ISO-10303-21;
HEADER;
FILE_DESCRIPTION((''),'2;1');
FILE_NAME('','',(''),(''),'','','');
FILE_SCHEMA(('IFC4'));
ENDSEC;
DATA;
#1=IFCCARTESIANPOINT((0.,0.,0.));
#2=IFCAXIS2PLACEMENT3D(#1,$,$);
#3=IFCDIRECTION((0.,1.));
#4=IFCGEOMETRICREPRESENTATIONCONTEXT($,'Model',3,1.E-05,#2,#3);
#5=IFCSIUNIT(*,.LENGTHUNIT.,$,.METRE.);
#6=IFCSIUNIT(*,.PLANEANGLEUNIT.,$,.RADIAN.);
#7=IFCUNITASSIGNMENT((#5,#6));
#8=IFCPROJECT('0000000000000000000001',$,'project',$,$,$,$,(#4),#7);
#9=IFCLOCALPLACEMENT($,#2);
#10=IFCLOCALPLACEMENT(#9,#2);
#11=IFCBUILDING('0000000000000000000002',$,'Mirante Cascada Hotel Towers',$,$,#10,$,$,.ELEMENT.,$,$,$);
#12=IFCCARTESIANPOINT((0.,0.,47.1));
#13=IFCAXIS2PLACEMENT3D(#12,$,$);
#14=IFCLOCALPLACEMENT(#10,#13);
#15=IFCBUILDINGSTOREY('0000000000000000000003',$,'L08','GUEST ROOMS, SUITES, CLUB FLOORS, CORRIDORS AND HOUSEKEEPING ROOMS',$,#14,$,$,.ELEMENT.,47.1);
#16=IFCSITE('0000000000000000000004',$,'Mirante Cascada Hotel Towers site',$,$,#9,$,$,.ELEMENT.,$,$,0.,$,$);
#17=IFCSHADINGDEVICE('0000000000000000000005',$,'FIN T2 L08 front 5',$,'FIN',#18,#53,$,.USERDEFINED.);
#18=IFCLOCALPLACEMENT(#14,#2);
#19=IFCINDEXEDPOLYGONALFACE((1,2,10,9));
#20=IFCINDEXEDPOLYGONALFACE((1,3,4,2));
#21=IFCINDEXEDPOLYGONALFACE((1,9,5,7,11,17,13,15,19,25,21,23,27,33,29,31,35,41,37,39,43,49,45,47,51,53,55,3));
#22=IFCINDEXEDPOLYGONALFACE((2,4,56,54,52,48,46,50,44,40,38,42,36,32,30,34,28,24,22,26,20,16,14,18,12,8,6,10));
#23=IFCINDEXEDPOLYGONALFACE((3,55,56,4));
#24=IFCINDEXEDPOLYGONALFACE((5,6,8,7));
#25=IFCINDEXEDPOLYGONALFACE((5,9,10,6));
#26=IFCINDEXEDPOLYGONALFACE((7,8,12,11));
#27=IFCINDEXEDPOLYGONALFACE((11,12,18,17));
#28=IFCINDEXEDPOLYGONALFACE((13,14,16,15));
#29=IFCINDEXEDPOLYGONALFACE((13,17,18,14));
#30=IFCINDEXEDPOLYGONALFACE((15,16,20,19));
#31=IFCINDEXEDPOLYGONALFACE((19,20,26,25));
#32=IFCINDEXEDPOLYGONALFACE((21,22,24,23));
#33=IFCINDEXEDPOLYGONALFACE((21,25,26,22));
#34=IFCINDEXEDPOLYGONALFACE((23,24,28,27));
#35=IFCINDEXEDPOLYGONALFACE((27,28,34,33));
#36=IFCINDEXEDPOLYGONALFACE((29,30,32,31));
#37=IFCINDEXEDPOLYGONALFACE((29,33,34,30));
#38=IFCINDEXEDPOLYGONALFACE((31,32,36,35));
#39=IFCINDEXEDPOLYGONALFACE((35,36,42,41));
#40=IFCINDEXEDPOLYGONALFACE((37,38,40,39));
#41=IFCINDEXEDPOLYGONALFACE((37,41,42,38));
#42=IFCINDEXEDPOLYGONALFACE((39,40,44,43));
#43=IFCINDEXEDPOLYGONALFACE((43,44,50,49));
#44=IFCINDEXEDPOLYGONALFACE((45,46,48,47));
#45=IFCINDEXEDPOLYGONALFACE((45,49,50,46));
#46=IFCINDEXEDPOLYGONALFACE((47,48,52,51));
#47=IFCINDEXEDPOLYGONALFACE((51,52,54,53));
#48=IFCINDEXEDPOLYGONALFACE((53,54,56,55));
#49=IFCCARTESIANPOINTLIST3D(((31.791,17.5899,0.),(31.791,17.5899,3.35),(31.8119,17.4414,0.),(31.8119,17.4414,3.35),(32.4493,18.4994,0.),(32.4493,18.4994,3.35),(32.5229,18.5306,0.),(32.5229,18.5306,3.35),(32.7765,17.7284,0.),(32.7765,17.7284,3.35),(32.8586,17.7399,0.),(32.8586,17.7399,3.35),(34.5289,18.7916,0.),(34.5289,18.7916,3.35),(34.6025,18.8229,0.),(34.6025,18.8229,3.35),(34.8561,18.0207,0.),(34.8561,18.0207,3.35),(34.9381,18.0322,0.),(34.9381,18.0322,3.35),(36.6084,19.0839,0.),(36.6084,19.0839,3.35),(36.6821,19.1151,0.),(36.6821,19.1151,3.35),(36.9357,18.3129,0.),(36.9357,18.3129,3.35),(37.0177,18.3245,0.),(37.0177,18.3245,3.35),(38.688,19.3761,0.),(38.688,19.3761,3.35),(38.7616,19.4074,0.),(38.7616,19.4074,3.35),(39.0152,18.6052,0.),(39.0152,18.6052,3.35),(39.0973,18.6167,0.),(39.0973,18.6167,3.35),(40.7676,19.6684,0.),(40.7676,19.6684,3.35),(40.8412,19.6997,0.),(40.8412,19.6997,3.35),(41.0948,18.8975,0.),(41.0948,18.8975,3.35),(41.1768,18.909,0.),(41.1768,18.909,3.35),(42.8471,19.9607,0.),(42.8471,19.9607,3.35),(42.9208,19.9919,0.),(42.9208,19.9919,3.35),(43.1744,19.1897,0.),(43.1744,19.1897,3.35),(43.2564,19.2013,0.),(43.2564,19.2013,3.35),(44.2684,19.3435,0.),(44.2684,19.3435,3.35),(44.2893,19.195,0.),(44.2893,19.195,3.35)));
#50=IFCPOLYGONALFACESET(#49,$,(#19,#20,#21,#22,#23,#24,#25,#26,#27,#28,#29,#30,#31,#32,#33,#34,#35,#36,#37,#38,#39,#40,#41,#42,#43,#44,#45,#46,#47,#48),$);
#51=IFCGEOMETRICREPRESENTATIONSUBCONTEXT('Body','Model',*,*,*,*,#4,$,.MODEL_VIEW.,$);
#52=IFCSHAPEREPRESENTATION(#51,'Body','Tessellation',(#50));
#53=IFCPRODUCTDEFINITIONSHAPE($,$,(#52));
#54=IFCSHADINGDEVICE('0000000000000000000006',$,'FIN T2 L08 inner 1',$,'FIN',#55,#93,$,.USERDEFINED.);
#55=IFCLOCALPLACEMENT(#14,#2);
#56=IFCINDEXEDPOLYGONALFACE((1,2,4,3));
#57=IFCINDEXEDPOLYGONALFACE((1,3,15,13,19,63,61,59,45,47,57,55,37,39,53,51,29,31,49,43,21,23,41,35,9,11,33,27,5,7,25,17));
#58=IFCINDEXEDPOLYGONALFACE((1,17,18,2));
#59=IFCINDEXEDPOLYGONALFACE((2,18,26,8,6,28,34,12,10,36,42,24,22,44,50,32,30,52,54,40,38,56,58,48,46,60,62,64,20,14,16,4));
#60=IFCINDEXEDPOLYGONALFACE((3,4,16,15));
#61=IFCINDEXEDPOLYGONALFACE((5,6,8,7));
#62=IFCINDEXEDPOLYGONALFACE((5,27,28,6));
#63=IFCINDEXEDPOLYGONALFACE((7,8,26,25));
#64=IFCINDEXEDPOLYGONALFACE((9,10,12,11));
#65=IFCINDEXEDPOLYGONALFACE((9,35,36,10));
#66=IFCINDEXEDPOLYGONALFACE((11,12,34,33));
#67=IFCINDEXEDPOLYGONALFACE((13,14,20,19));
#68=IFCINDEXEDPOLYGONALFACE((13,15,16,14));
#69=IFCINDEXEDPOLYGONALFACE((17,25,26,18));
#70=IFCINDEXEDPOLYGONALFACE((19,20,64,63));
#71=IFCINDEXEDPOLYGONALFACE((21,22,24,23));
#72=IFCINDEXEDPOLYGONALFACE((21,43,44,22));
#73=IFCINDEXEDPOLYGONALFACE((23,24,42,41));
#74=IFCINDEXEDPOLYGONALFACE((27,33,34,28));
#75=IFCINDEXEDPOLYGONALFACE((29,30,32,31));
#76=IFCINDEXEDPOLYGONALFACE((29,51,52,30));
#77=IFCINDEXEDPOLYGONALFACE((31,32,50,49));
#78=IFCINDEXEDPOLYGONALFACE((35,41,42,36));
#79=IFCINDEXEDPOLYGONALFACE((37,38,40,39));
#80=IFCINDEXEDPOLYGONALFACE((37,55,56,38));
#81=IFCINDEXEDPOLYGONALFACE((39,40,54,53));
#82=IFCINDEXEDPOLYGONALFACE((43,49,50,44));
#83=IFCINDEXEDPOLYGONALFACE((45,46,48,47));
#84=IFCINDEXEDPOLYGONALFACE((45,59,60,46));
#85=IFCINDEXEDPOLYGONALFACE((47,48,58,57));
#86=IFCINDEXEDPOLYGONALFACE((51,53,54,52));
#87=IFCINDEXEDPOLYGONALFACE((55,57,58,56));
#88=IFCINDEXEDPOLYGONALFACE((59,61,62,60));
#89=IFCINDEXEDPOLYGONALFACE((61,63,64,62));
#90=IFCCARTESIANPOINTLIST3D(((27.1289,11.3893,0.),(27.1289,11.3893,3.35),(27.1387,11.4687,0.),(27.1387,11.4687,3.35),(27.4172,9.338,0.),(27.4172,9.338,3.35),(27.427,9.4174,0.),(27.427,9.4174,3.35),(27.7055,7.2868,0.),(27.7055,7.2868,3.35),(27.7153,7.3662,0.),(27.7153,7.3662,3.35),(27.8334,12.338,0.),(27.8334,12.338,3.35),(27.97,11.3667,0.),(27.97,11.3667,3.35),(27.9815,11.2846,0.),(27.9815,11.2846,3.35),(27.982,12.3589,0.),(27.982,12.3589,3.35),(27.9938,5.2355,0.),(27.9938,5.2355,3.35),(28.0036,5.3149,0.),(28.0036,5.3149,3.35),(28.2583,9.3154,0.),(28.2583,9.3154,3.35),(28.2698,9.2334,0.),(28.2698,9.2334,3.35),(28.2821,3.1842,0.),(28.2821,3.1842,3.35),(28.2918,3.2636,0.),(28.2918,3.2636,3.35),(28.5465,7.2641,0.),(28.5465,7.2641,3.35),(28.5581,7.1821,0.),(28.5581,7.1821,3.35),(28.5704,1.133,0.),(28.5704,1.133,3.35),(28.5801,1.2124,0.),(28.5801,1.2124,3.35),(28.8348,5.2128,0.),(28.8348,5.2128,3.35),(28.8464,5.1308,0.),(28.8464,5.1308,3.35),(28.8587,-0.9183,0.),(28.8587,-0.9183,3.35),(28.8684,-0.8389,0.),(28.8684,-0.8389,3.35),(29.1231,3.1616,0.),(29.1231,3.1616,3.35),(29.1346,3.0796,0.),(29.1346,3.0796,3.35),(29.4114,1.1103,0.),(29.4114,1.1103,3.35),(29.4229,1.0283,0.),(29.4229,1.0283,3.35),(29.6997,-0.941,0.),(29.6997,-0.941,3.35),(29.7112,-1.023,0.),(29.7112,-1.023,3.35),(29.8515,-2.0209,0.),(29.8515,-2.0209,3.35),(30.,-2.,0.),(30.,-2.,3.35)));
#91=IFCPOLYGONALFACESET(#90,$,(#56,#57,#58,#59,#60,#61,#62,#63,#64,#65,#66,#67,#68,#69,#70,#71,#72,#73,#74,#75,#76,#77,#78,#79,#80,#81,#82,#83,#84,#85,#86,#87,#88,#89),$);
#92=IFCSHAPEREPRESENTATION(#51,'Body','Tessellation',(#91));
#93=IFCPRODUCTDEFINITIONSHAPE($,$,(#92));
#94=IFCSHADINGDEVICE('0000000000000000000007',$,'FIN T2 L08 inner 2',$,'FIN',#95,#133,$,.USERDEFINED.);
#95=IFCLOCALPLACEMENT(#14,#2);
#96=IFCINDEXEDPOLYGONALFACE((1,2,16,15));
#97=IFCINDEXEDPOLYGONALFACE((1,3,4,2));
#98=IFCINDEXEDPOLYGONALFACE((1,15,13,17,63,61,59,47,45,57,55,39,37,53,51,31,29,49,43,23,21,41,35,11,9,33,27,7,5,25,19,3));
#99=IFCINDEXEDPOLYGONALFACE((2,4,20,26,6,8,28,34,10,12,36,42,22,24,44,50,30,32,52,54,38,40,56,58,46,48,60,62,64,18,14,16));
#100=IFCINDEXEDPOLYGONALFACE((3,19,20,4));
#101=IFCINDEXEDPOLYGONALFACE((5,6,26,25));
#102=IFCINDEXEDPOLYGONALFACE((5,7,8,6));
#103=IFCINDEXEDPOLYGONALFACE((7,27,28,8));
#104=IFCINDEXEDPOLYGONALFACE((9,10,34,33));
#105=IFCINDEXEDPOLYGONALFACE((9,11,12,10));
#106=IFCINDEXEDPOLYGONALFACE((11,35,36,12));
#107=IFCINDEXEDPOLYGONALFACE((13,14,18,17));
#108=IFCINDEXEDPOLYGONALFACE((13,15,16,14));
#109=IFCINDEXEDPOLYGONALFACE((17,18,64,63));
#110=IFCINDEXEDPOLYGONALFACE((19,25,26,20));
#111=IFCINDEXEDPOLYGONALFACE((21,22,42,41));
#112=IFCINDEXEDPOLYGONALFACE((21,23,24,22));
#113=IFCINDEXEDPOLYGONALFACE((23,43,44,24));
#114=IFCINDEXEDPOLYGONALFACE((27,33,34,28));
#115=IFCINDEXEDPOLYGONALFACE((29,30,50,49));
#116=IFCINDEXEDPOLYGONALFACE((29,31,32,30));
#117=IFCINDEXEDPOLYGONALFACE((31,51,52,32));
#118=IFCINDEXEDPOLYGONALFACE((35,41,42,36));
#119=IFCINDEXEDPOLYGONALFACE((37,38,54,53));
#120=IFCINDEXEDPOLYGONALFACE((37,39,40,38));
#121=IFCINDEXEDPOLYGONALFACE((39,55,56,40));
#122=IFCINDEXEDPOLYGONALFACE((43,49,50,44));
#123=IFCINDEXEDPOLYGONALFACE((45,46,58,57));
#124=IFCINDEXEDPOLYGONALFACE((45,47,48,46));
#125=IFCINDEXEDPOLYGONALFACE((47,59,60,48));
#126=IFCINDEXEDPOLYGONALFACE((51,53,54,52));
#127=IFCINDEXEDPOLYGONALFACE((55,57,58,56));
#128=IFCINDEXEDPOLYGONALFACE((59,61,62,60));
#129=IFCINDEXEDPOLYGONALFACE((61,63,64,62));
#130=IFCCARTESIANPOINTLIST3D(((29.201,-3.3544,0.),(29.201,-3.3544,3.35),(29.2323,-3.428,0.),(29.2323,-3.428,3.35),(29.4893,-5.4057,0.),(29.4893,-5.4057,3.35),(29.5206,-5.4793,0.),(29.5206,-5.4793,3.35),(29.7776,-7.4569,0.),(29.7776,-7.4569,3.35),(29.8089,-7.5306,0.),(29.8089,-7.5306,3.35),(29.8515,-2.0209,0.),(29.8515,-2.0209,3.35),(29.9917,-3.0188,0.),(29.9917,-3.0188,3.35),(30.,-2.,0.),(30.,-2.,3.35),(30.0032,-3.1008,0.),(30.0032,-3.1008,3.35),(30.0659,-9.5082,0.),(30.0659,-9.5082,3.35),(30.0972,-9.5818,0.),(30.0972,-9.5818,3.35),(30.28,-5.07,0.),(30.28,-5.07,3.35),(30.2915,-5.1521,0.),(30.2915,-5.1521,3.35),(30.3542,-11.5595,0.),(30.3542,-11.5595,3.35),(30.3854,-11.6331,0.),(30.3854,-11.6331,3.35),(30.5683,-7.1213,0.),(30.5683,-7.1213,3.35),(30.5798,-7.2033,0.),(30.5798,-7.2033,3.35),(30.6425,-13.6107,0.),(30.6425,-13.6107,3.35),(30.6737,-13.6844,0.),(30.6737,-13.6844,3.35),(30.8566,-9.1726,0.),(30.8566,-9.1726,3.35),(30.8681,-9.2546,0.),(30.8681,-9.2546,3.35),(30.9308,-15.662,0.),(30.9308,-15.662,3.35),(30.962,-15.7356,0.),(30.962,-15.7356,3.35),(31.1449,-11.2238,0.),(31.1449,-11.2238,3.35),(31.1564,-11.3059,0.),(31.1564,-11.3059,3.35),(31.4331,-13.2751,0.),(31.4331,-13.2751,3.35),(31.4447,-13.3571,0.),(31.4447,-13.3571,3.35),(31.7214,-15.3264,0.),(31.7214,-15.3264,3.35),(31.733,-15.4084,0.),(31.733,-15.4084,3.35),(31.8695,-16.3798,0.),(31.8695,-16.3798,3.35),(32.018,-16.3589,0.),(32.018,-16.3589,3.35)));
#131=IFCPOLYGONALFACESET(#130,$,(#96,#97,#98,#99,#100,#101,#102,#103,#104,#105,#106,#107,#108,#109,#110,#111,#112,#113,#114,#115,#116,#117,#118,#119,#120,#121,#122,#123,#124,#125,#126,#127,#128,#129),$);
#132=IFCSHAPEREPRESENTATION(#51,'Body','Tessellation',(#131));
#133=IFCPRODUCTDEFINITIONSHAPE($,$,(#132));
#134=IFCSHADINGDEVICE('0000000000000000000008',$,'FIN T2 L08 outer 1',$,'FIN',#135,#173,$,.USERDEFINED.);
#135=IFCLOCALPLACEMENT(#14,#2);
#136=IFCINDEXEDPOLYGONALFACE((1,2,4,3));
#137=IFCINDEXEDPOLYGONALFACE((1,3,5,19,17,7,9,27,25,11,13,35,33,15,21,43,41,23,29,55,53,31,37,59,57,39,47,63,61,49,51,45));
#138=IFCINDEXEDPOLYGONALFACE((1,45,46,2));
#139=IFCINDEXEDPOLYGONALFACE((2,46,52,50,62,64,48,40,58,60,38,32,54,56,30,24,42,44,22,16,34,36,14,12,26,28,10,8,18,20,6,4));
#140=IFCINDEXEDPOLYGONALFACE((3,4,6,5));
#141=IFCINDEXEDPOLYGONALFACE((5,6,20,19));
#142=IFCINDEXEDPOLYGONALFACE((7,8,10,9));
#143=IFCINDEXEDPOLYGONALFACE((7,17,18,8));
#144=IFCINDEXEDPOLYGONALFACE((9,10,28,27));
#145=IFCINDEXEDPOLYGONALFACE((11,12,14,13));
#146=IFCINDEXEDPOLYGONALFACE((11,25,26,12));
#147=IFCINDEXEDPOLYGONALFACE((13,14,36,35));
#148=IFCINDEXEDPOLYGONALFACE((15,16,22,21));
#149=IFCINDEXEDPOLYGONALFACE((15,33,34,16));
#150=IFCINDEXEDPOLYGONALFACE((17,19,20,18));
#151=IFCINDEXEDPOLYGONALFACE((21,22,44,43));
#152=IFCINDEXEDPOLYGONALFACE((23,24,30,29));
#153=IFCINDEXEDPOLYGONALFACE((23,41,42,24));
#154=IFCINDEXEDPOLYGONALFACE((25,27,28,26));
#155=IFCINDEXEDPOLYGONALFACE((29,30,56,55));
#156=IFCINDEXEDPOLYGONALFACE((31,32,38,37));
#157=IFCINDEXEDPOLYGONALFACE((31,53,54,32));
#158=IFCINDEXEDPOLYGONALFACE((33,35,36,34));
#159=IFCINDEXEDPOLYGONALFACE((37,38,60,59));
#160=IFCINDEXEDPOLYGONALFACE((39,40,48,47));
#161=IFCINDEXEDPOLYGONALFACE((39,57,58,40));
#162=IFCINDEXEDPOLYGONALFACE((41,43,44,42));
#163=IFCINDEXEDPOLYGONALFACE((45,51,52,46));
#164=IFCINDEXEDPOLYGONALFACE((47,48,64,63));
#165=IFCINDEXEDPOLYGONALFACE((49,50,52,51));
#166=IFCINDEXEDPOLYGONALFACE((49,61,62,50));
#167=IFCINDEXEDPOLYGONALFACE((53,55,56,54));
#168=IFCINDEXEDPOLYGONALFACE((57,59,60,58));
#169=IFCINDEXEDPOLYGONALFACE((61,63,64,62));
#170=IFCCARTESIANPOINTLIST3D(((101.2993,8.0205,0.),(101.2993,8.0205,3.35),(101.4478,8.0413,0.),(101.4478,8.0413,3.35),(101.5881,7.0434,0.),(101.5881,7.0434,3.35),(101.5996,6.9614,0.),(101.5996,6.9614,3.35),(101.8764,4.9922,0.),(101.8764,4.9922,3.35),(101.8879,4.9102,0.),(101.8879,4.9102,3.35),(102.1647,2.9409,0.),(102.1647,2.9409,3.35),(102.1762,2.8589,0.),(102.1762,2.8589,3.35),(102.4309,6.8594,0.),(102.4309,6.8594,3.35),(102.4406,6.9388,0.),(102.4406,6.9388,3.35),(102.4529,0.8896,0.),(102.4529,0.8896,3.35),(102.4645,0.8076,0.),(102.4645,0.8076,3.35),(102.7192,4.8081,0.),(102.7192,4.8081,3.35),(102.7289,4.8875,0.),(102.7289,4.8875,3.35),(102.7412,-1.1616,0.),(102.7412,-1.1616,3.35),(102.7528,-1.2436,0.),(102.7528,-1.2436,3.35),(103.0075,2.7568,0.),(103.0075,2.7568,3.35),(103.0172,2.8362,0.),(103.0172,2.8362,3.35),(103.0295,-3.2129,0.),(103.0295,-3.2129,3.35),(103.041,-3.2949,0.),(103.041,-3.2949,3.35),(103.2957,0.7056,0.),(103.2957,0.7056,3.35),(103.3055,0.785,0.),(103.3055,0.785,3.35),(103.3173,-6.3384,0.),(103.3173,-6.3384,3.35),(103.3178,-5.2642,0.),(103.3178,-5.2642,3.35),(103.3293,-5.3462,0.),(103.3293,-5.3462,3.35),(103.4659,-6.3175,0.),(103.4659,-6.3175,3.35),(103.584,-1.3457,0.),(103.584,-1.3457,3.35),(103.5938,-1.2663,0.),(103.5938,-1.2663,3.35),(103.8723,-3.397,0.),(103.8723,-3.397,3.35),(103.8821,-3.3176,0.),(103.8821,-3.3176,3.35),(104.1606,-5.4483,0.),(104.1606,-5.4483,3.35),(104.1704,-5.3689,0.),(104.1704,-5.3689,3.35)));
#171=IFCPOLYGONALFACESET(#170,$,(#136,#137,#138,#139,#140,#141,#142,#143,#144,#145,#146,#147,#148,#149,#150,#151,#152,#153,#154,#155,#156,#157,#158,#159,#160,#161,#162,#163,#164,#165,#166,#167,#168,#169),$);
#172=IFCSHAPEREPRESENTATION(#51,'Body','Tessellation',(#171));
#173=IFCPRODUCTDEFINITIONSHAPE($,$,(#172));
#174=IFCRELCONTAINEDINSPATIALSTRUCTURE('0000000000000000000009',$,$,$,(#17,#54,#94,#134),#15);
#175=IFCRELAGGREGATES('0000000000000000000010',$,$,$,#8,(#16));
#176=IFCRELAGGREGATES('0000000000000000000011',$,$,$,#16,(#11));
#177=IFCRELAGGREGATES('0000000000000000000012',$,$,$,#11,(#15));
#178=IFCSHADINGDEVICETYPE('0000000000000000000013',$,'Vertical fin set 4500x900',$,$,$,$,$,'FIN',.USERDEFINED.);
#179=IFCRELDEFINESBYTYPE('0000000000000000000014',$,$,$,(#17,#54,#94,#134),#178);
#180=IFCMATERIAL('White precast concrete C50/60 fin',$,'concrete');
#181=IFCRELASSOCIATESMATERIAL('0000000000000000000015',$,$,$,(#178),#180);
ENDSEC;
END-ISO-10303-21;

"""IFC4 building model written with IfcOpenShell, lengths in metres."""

from ifc_helpers import new_model, si_unit, direction, frame, origin, place, context, subcontext, project, spatial, polyline, outline, extrude, material, type_object, element, save


model = new_model("IFC4")

# Units and contexts
model_context = context("Model", 3, precision=1e-05, world=origin(), true_north=direction((0.0, 1.0)))
body_context = subcontext(model_context, "Body", "Model", "MODEL_VIEW")
ifc_project = project(units=[si_unit("LENGTHUNIT", "METRE"), si_unit("PLANEANGLEUNIT", "RADIAN")], contexts=[model_context])

# Site, building, storey
site_placement = place(None, origin())
site = spatial("IfcSite", under=ifc_project, at=site_placement, Name="Mirante Cascada Hotel Towers site", CompositionType="ELEMENT", RefElevation=0.0)
building_placement = place(site_placement, origin())
building = spatial("IfcBuilding", under=site, at=building_placement, Name="Mirante Cascada Hotel Towers", CompositionType="ELEMENT")
storey_placement = place(building_placement, frame((0.0, 0.0, 47.1)))
storey = spatial("IfcBuildingStorey", under=building, at=storey_placement, Name="L08", Description="GUEST ROOMS, SUITES, CLUB FLOORS, CORRIDORS AND HOUSEKEEPING ROOMS", CompositionType="ELEMENT", Elevation=47.1)

# Shading devices
ifc_material_1 = material(Name="White precast concrete C50/60 fin", Category="concrete")
shading_device_type = type_object("IfcShadingDeviceType", Name="Vertical fin set 4500x900", ElementType="FIN", PredefinedType="USERDEFINED", material=ifc_material_1)
shading_device_1_placement = place(storey_placement, origin())
element("IfcShadingDevice", 1, at=shading_device_1_placement, inside=storey, type_object=shading_device_type, Name="FIN T2 L08 front 5", ObjectType="FIN", PredefinedType="USERDEFINED", context=body_context, shape_type="SweptSolid", body=[
    extrude(outline(polyline([(32.5229, 18.5306), (32.8586, 17.7399), (34.8561, 18.0207), (34.5289, 18.7916), (34.6025, 18.8229), (34.9381, 18.0322), (36.9357, 18.3129), (36.6084, 19.0839), (36.6821, 19.1151), (37.0177, 18.3245), (39.0152, 18.6052), (38.688, 19.3761), (38.7616, 19.4074), (39.0973, 18.6167), (41.0948, 18.8975), (40.7676, 19.6684), (40.8412, 19.6997), (41.1768, 18.909), (43.1744, 19.1897), (42.8471, 19.9607), (42.9208, 19.9919), (43.2564, 19.2013), (44.2684, 19.3435), (44.2893, 19.195), (31.8119, 17.4414), (31.791, 17.5899), (32.7765, 17.7284), (32.4493, 18.4994), (32.5229, 18.5306)])), origin(), (0.0, 0.0, 1.0), 3.35),
])
shading_device_2_placement = place(storey_placement, origin())
element("IfcShadingDevice", 2, at=shading_device_2_placement, inside=storey, type_object=shading_device_type, Name="FIN T2 L08 inner 1", ObjectType="FIN", PredefinedType="USERDEFINED", context=body_context, shape_type="SweptSolid", body=[
    extrude(outline(polyline([(28.8684, -0.8389), (29.6997, -0.941), (29.4229, 1.0283), (28.5704, 1.133), (28.5801, 1.2124), (29.4114, 1.1103), (29.1346, 3.0796), (28.2821, 3.1842), (28.2918, 3.2636), (29.1231, 3.1616), (28.8464, 5.1308), (27.9938, 5.2355), (28.0036, 5.3149), (28.8348, 5.2128), (28.5581, 7.1821), (27.7055, 7.2868), (27.7153, 7.3662), (28.5465, 7.2641), (28.2698, 9.2334), (27.4172, 9.338), (27.427, 9.4174), (28.2583, 9.3154), (27.9815, 11.2846), (27.1289, 11.3893), (27.1387, 11.4687), (27.97, 11.3667), (27.8334, 12.338), (27.982, 12.3589), (30.0, -2.0), (29.8515, -2.0209), (29.7112, -1.023), (28.8587, -0.9183), (28.8684, -0.8389)])), origin(), (0.0, 0.0, 1.0), 3.35),
])
shading_device_3_placement = place(storey_placement, origin())
element("IfcShadingDevice", 3, at=shading_device_3_placement, inside=storey, type_object=shading_device_type, Name="FIN T2 L08 inner 2", ObjectType="FIN", PredefinedType="USERDEFINED", context=body_context, shape_type="SweptSolid", body=[
    extrude(outline(polyline([(30.9308, -15.662), (31.7214, -15.3264), (31.4447, -13.3571), (30.6737, -13.6844), (30.6425, -13.6107), (31.4331, -13.2751), (31.1564, -11.3059), (30.3854, -11.6331), (30.3542, -11.5595), (31.1449, -11.2238), (30.8681, -9.2546), (30.0972, -9.5818), (30.0659, -9.5082), (30.8566, -9.1726), (30.5798, -7.2033), (29.8089, -7.5306), (29.7776, -7.4569), (30.5683, -7.1213), (30.2915, -5.1521), (29.5206, -5.4793), (29.4893, -5.4057), (30.28, -5.07), (30.0032, -3.1008), (29.2323, -3.428), (29.201, -3.3544), (29.9917, -3.0188), (29.8515, -2.0209), (30.0, -2.0), (32.018, -16.3589), (31.8695, -16.3798), (31.733, -15.4084), (30.962, -15.7356), (30.9308, -15.662)])), origin(), (0.0, 0.0, 1.0), 3.35),
])
shading_device_4_placement = place(storey_placement, origin())
element("IfcShadingDevice", 4, at=shading_device_4_placement, inside=storey, type_object=shading_device_type, Name="FIN T2 L08 outer 1", ObjectType="FIN", PredefinedType="USERDEFINED", context=body_context, shape_type="SweptSolid", body=[
    extrude(outline(polyline([(104.1606, -5.4483), (103.3293, -5.3462), (103.4659, -6.3175), (103.3173, -6.3384), (101.2993, 8.0205), (101.4478, 8.0413), (101.5881, 7.0434), (102.4406, 6.9388), (102.4309, 6.8594), (101.5996, 6.9614), (101.8764, 4.9922), (102.7289, 4.8875), (102.7192, 4.8081), (101.8879, 4.9102), (102.1647, 2.9409), (103.0172, 2.8362), (103.0075, 2.7568), (102.1762, 2.8589), (102.4529, 0.8896), (103.3055, 0.785), (103.2957, 0.7056), (102.4645, 0.8076), (102.7412, -1.1616), (103.5938, -1.2663), (103.584, -1.3457), (102.7528, -1.2436), (103.0295, -3.2129), (103.8821, -3.3176), (103.8723, -3.397), (103.041, -3.2949), (103.3178, -5.2642), (104.1704, -5.3689), (104.1606, -5.4483)])), origin(), (0.0, 0.0, 1.0), 3.35),
])

save(model, "model.ifc")
